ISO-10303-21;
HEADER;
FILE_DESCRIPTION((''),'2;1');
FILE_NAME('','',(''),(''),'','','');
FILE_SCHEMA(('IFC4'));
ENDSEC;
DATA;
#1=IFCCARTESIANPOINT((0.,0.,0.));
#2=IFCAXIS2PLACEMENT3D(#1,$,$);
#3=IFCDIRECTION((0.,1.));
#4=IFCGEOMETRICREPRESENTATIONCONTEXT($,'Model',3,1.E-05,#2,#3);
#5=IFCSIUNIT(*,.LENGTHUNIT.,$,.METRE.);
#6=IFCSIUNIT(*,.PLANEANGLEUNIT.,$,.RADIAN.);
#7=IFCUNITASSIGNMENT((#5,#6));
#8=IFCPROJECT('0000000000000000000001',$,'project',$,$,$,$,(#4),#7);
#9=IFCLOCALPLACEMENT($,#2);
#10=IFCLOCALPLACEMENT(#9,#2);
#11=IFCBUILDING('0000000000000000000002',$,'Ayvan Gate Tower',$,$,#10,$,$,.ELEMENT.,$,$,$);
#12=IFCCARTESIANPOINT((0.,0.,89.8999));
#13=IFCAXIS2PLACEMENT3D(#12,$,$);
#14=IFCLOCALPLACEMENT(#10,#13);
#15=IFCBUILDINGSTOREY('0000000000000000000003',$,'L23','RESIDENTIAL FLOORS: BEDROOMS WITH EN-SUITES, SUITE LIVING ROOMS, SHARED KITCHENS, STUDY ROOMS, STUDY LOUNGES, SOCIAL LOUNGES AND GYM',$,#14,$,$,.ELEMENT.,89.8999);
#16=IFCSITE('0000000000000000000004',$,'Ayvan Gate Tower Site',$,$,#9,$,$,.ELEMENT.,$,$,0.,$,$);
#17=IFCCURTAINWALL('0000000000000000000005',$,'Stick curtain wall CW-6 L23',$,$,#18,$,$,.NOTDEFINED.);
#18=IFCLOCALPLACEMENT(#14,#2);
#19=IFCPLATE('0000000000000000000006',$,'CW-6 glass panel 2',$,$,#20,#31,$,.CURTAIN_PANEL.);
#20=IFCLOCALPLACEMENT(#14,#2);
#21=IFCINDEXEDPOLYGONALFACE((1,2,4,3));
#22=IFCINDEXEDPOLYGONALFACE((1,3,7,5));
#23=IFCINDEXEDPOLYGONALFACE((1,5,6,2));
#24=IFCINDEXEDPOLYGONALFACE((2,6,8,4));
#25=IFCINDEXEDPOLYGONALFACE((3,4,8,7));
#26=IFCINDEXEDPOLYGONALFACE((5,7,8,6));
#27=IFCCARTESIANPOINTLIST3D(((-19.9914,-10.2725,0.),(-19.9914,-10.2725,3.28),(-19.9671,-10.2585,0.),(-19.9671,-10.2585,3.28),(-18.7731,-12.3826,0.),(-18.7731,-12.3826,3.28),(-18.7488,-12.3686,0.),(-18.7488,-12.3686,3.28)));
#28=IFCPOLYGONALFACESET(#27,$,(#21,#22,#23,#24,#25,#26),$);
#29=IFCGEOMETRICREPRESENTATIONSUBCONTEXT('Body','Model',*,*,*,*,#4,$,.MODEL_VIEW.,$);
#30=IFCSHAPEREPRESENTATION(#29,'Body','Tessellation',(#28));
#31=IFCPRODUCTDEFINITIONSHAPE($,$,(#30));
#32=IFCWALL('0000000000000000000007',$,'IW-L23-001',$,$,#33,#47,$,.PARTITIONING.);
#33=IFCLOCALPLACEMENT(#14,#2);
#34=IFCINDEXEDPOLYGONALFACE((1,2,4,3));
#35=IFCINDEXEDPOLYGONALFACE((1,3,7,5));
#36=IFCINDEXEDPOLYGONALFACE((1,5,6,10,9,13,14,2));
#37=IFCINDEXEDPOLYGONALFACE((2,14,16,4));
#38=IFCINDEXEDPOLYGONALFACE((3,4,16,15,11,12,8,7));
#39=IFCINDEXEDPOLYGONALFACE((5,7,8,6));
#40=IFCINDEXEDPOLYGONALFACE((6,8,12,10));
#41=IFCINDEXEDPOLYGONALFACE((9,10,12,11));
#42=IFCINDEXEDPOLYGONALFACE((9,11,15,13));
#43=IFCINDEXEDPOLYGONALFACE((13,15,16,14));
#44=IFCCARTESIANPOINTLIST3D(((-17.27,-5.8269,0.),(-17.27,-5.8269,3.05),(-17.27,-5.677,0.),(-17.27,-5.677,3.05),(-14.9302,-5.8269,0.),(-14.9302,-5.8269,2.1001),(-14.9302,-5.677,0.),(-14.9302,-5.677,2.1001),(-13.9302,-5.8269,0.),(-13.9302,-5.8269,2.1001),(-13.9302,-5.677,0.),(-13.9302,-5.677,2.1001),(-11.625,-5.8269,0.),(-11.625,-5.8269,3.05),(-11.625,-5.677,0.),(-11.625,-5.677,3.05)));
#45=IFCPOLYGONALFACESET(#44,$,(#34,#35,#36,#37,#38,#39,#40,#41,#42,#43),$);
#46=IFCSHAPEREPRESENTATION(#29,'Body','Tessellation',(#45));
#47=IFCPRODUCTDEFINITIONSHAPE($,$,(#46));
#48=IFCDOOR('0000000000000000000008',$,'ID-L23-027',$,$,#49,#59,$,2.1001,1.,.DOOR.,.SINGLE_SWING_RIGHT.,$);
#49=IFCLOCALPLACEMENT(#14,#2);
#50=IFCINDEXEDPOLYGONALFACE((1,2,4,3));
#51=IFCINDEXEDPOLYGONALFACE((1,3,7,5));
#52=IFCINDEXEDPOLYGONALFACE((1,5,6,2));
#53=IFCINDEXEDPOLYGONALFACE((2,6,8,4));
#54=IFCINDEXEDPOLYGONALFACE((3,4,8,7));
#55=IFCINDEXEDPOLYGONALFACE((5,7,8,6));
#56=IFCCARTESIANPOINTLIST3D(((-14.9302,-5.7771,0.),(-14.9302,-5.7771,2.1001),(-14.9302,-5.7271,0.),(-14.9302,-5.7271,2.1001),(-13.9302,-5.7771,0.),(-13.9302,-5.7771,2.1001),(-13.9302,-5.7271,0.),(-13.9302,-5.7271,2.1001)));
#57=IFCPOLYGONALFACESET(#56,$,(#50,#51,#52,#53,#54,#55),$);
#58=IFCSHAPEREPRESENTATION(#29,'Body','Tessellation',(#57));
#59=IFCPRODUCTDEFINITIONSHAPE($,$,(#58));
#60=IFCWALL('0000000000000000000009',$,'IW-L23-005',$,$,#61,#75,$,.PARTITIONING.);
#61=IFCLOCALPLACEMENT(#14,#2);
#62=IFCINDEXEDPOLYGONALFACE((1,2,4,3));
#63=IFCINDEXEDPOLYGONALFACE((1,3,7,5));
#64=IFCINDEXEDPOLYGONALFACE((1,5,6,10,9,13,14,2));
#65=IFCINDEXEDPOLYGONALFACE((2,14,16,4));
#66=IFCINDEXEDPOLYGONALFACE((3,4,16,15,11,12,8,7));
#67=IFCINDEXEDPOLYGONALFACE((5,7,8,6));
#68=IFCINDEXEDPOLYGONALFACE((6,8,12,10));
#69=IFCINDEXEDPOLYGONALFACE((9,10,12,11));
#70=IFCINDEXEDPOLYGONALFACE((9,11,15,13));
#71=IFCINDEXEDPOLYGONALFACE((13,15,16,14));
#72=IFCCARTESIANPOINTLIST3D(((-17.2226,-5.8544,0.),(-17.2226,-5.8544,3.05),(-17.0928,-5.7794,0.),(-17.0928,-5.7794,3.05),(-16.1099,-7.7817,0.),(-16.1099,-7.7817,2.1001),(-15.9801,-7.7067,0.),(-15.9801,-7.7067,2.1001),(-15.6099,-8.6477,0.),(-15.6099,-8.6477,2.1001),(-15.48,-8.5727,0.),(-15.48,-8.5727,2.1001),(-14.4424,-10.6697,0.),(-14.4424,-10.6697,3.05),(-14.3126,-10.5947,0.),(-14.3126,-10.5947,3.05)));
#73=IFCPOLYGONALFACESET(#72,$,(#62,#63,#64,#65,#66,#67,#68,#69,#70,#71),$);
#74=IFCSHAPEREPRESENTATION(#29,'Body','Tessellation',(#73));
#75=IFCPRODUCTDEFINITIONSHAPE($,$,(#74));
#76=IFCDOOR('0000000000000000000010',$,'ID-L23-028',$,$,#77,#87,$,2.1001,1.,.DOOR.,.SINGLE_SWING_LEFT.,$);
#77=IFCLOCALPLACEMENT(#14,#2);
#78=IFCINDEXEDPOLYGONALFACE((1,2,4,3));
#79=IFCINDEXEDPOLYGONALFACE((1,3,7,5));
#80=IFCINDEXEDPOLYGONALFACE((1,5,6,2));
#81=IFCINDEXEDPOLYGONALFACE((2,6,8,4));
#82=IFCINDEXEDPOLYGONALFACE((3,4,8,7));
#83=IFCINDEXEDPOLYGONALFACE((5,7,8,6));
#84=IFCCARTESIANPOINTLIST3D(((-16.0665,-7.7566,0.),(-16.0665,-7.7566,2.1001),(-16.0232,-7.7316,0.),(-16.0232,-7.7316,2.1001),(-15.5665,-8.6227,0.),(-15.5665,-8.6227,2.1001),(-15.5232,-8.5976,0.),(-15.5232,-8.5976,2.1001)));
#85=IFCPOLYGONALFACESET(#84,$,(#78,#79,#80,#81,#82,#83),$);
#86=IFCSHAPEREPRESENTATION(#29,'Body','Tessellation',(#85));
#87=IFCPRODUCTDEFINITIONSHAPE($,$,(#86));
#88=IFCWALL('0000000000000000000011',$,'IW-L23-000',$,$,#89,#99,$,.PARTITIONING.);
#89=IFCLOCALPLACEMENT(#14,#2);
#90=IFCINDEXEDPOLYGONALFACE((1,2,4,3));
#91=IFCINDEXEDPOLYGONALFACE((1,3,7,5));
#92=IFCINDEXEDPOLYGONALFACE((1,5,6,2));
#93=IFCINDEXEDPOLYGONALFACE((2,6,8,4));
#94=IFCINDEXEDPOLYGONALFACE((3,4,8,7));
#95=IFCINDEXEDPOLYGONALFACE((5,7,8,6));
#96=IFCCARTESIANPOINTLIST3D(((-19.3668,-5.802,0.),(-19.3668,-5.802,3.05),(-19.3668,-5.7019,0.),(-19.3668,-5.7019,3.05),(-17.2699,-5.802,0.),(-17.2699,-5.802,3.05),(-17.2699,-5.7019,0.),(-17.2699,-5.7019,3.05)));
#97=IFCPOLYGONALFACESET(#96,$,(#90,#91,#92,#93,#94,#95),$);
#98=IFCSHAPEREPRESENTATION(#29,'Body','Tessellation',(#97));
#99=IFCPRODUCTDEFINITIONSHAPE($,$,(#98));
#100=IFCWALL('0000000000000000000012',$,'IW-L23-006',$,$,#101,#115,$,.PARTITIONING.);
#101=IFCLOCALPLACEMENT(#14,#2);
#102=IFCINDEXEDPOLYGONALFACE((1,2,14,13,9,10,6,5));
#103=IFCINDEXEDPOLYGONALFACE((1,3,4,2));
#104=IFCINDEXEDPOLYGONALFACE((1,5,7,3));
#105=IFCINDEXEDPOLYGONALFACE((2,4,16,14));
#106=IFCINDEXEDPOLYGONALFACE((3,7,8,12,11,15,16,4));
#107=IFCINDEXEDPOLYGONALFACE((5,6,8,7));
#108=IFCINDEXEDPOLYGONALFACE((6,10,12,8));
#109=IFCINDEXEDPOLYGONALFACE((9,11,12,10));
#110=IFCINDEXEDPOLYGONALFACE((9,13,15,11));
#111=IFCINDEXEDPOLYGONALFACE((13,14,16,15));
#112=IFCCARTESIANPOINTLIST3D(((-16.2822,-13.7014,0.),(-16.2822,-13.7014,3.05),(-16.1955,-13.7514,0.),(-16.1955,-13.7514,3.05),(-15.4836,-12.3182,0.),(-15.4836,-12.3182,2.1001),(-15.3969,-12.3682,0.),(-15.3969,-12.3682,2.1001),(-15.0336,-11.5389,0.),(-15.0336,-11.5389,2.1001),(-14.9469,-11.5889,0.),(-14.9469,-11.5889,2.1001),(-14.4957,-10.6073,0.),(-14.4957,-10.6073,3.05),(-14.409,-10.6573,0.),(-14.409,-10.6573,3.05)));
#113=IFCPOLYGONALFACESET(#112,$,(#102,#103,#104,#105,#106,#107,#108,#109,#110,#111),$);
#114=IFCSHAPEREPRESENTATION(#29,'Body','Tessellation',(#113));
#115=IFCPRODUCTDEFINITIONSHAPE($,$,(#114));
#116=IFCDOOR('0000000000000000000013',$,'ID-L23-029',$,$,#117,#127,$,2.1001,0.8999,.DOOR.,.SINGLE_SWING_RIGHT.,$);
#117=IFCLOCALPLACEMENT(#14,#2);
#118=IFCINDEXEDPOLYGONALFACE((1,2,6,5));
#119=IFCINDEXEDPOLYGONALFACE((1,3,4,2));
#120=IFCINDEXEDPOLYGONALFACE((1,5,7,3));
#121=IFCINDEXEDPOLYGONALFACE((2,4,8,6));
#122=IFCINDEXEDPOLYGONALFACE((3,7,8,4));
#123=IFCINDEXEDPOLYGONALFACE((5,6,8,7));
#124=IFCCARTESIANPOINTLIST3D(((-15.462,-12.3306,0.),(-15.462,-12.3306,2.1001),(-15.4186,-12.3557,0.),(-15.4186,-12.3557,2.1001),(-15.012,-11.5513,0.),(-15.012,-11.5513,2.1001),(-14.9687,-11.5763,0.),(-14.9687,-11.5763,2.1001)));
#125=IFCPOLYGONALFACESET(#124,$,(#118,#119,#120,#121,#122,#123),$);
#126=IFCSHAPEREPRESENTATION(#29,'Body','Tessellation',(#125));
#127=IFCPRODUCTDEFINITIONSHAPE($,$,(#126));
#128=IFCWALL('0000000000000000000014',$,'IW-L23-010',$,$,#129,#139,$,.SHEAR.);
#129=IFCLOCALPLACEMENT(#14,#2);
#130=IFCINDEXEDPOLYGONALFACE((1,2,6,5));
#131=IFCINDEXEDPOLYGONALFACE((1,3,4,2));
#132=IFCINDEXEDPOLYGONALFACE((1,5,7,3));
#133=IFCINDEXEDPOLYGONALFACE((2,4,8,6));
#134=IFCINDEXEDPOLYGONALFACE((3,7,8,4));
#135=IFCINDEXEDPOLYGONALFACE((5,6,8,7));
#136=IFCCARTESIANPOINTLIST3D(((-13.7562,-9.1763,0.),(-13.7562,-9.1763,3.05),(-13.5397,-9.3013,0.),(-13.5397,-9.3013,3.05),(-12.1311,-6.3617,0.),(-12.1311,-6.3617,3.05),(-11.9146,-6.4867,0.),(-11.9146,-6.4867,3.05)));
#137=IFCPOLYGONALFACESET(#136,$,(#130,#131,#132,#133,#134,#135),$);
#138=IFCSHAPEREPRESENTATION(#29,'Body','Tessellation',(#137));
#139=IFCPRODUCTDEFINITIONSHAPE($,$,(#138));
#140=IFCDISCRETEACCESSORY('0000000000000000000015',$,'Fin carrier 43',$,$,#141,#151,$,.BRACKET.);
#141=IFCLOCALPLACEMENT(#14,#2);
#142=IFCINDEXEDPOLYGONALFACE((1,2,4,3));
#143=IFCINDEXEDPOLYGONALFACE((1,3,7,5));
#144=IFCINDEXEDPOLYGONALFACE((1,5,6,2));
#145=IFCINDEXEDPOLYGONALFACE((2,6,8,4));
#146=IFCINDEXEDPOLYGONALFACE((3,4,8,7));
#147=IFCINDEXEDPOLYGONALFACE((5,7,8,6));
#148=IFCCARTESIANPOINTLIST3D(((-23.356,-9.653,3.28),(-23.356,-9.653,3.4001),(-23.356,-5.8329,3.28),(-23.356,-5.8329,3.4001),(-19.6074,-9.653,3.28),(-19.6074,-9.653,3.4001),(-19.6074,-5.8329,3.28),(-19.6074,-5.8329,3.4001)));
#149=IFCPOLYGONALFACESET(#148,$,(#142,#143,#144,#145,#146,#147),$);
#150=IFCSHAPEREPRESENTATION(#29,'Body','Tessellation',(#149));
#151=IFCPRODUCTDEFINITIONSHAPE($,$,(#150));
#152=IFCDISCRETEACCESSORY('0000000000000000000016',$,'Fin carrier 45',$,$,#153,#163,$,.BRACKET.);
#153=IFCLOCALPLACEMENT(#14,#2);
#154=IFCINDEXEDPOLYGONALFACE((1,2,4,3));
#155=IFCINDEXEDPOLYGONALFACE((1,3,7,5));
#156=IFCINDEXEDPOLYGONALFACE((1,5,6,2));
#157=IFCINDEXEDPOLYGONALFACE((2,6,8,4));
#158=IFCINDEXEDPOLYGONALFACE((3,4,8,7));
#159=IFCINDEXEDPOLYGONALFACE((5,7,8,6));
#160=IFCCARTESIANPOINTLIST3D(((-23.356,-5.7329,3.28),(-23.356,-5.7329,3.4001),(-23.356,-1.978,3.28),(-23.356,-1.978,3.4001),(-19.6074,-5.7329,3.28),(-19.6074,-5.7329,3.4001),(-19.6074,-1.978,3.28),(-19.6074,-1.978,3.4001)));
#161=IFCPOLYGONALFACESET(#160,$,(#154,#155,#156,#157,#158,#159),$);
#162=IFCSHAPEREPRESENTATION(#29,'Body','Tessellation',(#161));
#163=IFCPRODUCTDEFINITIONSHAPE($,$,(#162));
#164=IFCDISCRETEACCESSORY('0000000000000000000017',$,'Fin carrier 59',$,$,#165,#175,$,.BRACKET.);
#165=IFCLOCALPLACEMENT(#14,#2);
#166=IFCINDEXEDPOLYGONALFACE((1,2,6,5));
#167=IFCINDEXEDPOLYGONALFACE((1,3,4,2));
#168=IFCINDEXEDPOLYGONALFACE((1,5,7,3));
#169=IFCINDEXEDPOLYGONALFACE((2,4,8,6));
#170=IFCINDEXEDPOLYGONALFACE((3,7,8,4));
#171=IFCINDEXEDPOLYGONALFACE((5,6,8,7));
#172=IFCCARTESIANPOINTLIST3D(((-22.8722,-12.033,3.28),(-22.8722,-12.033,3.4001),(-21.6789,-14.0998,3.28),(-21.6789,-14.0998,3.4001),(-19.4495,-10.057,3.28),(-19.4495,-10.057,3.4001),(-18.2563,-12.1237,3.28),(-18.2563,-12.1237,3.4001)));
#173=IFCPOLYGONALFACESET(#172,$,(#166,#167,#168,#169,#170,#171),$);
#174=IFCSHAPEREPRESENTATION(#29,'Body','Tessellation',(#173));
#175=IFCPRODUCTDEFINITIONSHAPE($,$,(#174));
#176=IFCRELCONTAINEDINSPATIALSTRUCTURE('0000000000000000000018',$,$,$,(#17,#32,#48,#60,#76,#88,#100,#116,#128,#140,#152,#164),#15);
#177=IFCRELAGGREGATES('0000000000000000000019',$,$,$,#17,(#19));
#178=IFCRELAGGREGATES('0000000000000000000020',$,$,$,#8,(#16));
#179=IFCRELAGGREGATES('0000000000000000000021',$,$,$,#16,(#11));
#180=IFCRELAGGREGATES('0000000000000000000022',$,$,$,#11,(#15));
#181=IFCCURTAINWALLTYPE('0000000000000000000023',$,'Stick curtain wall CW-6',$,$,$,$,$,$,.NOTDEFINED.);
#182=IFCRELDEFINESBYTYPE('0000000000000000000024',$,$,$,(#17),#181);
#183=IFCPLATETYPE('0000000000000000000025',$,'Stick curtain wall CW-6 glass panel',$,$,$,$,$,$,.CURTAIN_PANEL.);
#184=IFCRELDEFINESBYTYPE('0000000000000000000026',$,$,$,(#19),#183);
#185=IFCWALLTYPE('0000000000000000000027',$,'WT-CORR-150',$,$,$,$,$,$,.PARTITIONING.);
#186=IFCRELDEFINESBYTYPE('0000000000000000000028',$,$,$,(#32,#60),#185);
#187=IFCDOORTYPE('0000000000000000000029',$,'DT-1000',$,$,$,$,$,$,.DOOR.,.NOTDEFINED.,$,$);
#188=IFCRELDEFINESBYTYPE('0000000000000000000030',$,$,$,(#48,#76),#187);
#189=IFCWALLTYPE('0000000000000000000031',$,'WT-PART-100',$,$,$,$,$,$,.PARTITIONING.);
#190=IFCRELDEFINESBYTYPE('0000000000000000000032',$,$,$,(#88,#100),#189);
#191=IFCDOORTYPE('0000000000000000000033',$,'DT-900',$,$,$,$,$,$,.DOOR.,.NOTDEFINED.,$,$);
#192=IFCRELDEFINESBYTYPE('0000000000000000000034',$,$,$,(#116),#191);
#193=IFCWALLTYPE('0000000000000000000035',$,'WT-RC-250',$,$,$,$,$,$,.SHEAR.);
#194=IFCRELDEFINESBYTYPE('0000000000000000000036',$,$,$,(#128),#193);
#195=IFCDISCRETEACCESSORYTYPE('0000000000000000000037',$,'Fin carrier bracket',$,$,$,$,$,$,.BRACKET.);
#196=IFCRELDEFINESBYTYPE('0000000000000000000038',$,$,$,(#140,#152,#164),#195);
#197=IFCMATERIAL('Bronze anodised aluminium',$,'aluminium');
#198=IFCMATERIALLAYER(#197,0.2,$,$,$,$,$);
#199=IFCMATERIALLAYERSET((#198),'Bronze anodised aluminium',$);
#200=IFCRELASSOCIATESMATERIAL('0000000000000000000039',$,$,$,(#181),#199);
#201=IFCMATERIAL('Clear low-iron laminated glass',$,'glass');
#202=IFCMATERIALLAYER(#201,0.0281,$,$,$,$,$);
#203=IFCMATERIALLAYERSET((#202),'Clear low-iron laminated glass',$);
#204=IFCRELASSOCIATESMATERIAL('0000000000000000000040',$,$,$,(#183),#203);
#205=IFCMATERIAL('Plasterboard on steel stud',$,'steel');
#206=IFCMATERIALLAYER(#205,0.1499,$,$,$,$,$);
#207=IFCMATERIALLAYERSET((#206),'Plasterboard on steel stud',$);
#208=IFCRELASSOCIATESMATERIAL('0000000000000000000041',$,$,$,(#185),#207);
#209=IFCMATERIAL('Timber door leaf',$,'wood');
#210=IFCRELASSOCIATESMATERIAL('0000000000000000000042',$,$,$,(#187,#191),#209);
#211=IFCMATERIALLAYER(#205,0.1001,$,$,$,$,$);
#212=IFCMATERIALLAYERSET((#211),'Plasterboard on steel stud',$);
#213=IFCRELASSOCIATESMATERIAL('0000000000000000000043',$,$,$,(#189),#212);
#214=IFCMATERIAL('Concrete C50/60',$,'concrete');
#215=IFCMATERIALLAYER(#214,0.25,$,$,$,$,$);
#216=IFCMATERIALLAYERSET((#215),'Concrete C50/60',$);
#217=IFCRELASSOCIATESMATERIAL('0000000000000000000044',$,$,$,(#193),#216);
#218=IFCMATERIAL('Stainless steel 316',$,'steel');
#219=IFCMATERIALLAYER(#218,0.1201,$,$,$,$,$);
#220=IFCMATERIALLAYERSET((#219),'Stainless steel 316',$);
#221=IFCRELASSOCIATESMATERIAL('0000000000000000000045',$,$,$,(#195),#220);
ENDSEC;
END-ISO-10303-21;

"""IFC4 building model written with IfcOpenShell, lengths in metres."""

from ifc_helpers import new_model, si_unit, direction, frame, frame_2d, origin, origin_2d, place, context, subcontext, project, spatial, rectangle, extrude, material, layer, layer_set, type_object, element, fill, aggregate, save


model = new_model("IFC4")

# Units and contexts
model_context = context("Model", 3, precision=1e-05, world=origin(), true_north=direction((0.0, 1.0)))
body_context = subcontext(model_context, "Body", "Model", "MODEL_VIEW")
ifc_project = project(units=[si_unit("LENGTHUNIT", "METRE"), si_unit("PLANEANGLEUNIT", "RADIAN")], contexts=[model_context])

# Site, building, storey
site_placement = place(None, origin())
site = spatial("IfcSite", under=ifc_project, at=site_placement, Name="Ayvan Gate Tower Site", CompositionType="ELEMENT", RefElevation=0.0)
building_placement = place(site_placement, origin())
building = spatial("IfcBuilding", under=site, at=building_placement, Name="Ayvan Gate Tower", CompositionType="ELEMENT")
storey_placement = place(building_placement, frame((0.0, 0.0, 89.8999)))
storey = spatial("IfcBuildingStorey", under=building, at=storey_placement, Name="L23", Description="RESIDENTIAL FLOORS: BEDROOMS WITH EN-SUITES, SUITE LIVING ROOMS, SHARED KITCHENS, STUDY ROOMS, STUDY LOUNGES, SOCIAL LOUNGES AND GYM", CompositionType="ELEMENT", Elevation=89.8999)

# Curtain wall
ifc_material_1 = material(Name="Bronze anodised aluminium", Category="aluminium")
ifc_layer_1 = layer(ifc_material_1, 0.2)
ifc_layer_set_1 = layer_set([ifc_layer_1], Name="Bronze anodised aluminium")
curtain_wall_type_1 = type_object("IfcCurtainWallType", Name="Stick curtain wall CW-6", PredefinedType="NOTDEFINED", material=ifc_layer_set_1)
curtain_wall_1_placement = place(storey_placement, origin())
curtain_wall_1 = element("IfcCurtainWall", 1, at=curtain_wall_1_placement, inside=storey, type_object=curtain_wall_type_1, Name="Stick curtain wall CW-6 L23", PredefinedType="NOTDEFINED")

# Plate
ifc_material_2 = material(Name="Clear low-iron laminated glass", Category="glass")
ifc_layer_2 = layer(ifc_material_2, 0.0281)
ifc_layer_set_2 = layer_set([ifc_layer_2], Name="Clear low-iron laminated glass")
plate_type_1 = type_object("IfcPlateType", Name="Stick curtain wall CW-6 glass panel", PredefinedType="CURTAIN_PANEL", material=ifc_layer_set_2)
plate_1_placement = place(storey_placement, frame((-19.3701, -11.3206, 0.0), z_axis=(0.0, 0.0, 1.0), x_axis=(0.5, -0.866025, 0.0)))
plate_1 = element("IfcPlate", 2, at=plate_1_placement, type_object=plate_type_1, Name="CW-6 glass panel 2", PredefinedType="CURTAIN_PANEL", context=body_context, shape_type="SweptSolid", body=[
    extrude(rectangle(XDim=2.4365, YDim=0.0281, at=origin_2d()), origin(), (0.0, 0.0, 1.0), 3.28),
])
aggregate(curtain_wall_1, [plate_1])

# Walls, openings, doors
ifc_material_3 = material(Name="Plasterboard on steel stud", Category="steel")
ifc_layer_3 = layer(ifc_material_3, 0.1499)
ifc_layer_set_3 = layer_set([ifc_layer_3], Name="Plasterboard on steel stud")
wall_type_1 = type_object("IfcWallType", Name="WT-CORR-150", PredefinedType="PARTITIONING", material=ifc_layer_set_3)
wall_1_placement = place(storey_placement, frame((-17.27, -5.752, 0.0), z_axis=(0.0, 0.0, 1.0), x_axis=(1.0, 0.0, 0.0)))
wall_1 = element("IfcWall", 3, at=wall_1_placement, inside=storey, type_object=wall_type_1, Name="IW-L23-001", PredefinedType="PARTITIONING", context=body_context, shape_type="SweptSolid", body=[
    extrude(rectangle(XDim=5.645, YDim=0.1499, at=frame_2d((2.8225, 0.0))), origin(), (0.0, 0.0, 1.0), 3.05),
])
opening_1_placement = place(wall_1_placement, frame((2.3398, 0.0, 0.0)))
opening_1 = element("IfcOpeningElement", 4, at=opening_1_placement, cuts=wall_1, PredefinedType="OPENING", context=body_context, shape_type="SweptSolid", body=[
    extrude(rectangle(XDim=1.0, YDim=2.1001, at=frame_2d((0.5, 1.05))), frame((0.0, 0.085, 0.0), z_axis=(0.0, -1.0, 0.0), x_axis=(1.0, 0.0, 0.0)), (0.0, 0.0, 1.0), 0.1699),
])
ifc_material_4 = material(Name="Timber door leaf", Category="wood")
door_type_1 = type_object("IfcDoorType", Name="DT-1000", OperationType="NOTDEFINED", PredefinedType="DOOR", material=ifc_material_4)
door_1_placement = place(opening_1_placement, origin())
door_1 = element("IfcDoor", 5, at=door_1_placement, inside=storey, type_object=door_type_1, Name="ID-L23-027", OperationType="SINGLE_SWING_RIGHT", OverallHeight=2.1001, OverallWidth=1.0, PredefinedType="DOOR", context=body_context, shape_type="SweptSolid", body=[
    extrude(rectangle(XDim=1.0, YDim=2.1001, at=frame_2d((0.5, 1.05))), frame((0.0, 0.0249, 0.0), z_axis=(0.0, -1.0, 0.0), x_axis=(1.0, 0.0, 0.0)), (0.0, 0.0, 1.0), 0.05),
])
fill(opening_1, door_1)
wall_2_placement = place(storey_placement, frame((-14.3774, -10.6323, 0.0), z_axis=(0.0, 0.0, 1.0), x_axis=(-0.500011, 0.866019, 0.0)))
wall_2 = element("IfcWall", 6, at=wall_2_placement, inside=storey, type_object=wall_type_1, Name="IW-L23-005", PredefinedType="PARTITIONING", context=body_context, shape_type="SweptSolid", body=[
    extrude(rectangle(XDim=5.5603, YDim=0.1499, at=frame_2d((2.7803, 0.0))), origin(), (0.0, 0.0, 1.0), 3.05),
])
opening_2_placement = place(wall_2_placement, frame((2.335, 0.0, 0.0)))
opening_2 = element("IfcOpeningElement", 7, at=opening_2_placement, cuts=wall_2, PredefinedType="OPENING", context=body_context, shape_type="SweptSolid", body=[
    extrude(rectangle(XDim=1.0, YDim=2.1001, at=frame_2d((0.5, 1.05))), frame((0.0, 0.085, 0.0), z_axis=(0.0, -1.0, 0.0), x_axis=(1.0, 0.0, 0.0)), (0.0, 0.0, 1.0), 0.1699),
])
door_2_placement = place(opening_2_placement, origin())
door_2 = element("IfcDoor", 8, at=door_2_placement, inside=storey, type_object=door_type_1, Name="ID-L23-028", OperationType="SINGLE_SWING_LEFT", OverallHeight=2.1001, OverallWidth=1.0, PredefinedType="DOOR", context=body_context, shape_type="SweptSolid", body=[
    extrude(rectangle(XDim=1.0, YDim=2.1001, at=frame_2d((0.5, 1.05))), frame((0.0, 0.0249, 0.0), z_axis=(0.0, -1.0, 0.0), x_axis=(1.0, 0.0, 0.0)), (0.0, 0.0, 1.0), 0.05),
])
fill(opening_2, door_2)

# Wall
ifc_layer_4 = layer(ifc_material_3, 0.1001)
ifc_layer_set_4 = layer_set([ifc_layer_4], Name="Plasterboard on steel stud")
wall_type_2 = type_object("IfcWallType", Name="WT-PART-100", PredefinedType="PARTITIONING", material=ifc_layer_set_4)
wall_3_placement = place(storey_placement, frame((-17.27, -5.752, 0.0), z_axis=(0.0, 0.0, 1.0), x_axis=(-1.0, 0.0, 0.0)))
element("IfcWall", 9, at=wall_3_placement, inside=storey, type_object=wall_type_2, Name="IW-L23-000", PredefinedType="PARTITIONING", context=body_context, shape_type="SweptSolid", body=[
    extrude(rectangle(XDim=2.0969, YDim=0.1001, at=frame_2d((1.0483, 0.0))), origin(), (0.0, 0.0, 1.0), 3.05),
])

# Wall, opening, door
wall_4_placement = place(storey_placement, frame((-14.4524, -10.6323, 0.0), z_axis=(0.0, 0.0, 1.0), x_axis=(-0.500012, -0.866018, 0.0)))
wall_4 = element("IfcWall", 10, at=wall_4_placement, inside=storey, type_object=wall_type_2, Name="IW-L23-006", PredefinedType="PARTITIONING", context=body_context, shape_type="SweptSolid", body=[
    extrude(rectangle(XDim=3.5728, YDim=0.1001, at=frame_2d((1.7864, 0.0))), origin(), (0.0, 0.0, 1.0), 3.05),
])
opening_3_placement = place(wall_4_placement, frame((1.0757, 0.0, 0.0)))
opening_3 = element("IfcOpeningElement", 11, at=opening_3_placement, cuts=wall_4, PredefinedType="OPENING", context=body_context, shape_type="SweptSolid", body=[
    extrude(rectangle(XDim=0.8999, YDim=2.1001, at=frame_2d((0.45, 1.05))), frame((0.0, 0.0601, 0.0), z_axis=(0.0, -1.0, 0.0), x_axis=(1.0, 0.0, 0.0)), (0.0, 0.0, 1.0), 0.1201),
])
door_type_2 = type_object("IfcDoorType", Name="DT-900", OperationType="NOTDEFINED", PredefinedType="DOOR", material=ifc_material_4)
door_3_placement = place(opening_3_placement, origin())
door_3 = element("IfcDoor", 12, at=door_3_placement, inside=storey, type_object=door_type_2, Name="ID-L23-029", OperationType="SINGLE_SWING_RIGHT", OverallHeight=2.1001, OverallWidth=0.8999, PredefinedType="DOOR", context=body_context, shape_type="SweptSolid", body=[
    extrude(rectangle(XDim=0.8999, YDim=2.1001, at=frame_2d((0.45, 1.05))), frame((0.0, 0.0249, 0.0), z_axis=(0.0, -1.0, 0.0), x_axis=(1.0, 0.0, 0.0)), (0.0, 0.0, 1.0), 0.05),
])
fill(opening_3, door_3)

# Wall
ifc_material_5 = material(Name="Concrete C50/60", Category="concrete")
ifc_layer_5 = layer(ifc_material_5, 0.25)
ifc_layer_set_5 = layer_set([ifc_layer_5], Name="Concrete C50/60")
wall_type_3 = type_object("IfcWallType", Name="WT-RC-250", PredefinedType="SHEAR", material=ifc_layer_set_5)
wall_5_placement = place(storey_placement, frame((-13.6479, -9.2388, 0.0), z_axis=(0.0, 0.0, 1.0), x_axis=(0.500017, 0.866015, 0.0)))
element("IfcWall", 13, at=wall_5_placement, inside=storey, type_object=wall_type_3, Name="IW-L23-010", PredefinedType="SHEAR", context=body_context, shape_type="SweptSolid", body=[
    extrude(rectangle(XDim=3.25, YDim=0.25, at=frame_2d((1.625, 0.0))), origin(), (0.0, 0.0, 1.0), 3.05),
])

# Discrete accessories
ifc_material_6 = material(Name="Stainless steel 316", Category="steel")
ifc_layer_6 = layer(ifc_material_6, 0.1201)
ifc_layer_set_6 = layer_set([ifc_layer_6], Name="Stainless steel 316")
discrete_accessory_type = type_object("IfcDiscreteAccessoryType", Name="Fin carrier bracket", PredefinedType="BRACKET", material=ifc_layer_set_6)
discrete_accessory_1_placement = place(storey_placement, frame((-21.4817, -7.7429, 3.28), z_axis=(0.0, 0.0, 1.0), x_axis=(0.0, -1.0, 0.0)))
element("IfcDiscreteAccessory", 14, at=discrete_accessory_1_placement, inside=storey, type_object=discrete_accessory_type, Name="Fin carrier 43", PredefinedType="BRACKET", context=body_context, shape_type="SweptSolid", body=[
    extrude(rectangle(XDim=3.8201, YDim=3.7485, at=origin_2d()), origin(), (0.0, 0.0, 1.0), 0.1201),
])
discrete_accessory_2_placement = place(storey_placement, frame((-21.4817, -3.8555, 3.28), z_axis=(0.0, 0.0, 1.0), x_axis=(0.0, -1.0, 0.0)))
element("IfcDiscreteAccessory", 15, at=discrete_accessory_2_placement, inside=storey, type_object=discrete_accessory_type, Name="Fin carrier 45", PredefinedType="BRACKET", context=body_context, shape_type="SweptSolid", body=[
    extrude(rectangle(XDim=3.7549, YDim=3.7485, at=origin_2d()), origin(), (0.0, 0.0, 1.0), 0.1201),
])
discrete_accessory_3_placement = place(storey_placement, frame((-20.5642, -12.0784, 3.28), z_axis=(0.0, 0.0, 1.0), x_axis=(0.5, -0.866025, 0.0)))
element("IfcDiscreteAccessory", 16, at=discrete_accessory_3_placement, inside=storey, type_object=discrete_accessory_type, Name="Fin carrier 59", PredefinedType="BRACKET", context=body_context, shape_type="SweptSolid", body=[
    extrude(rectangle(XDim=2.3865, YDim=3.9521, at=origin_2d()), origin(), (0.0, 0.0, 1.0), 0.1201),
])

save(model, "model.ifc")
